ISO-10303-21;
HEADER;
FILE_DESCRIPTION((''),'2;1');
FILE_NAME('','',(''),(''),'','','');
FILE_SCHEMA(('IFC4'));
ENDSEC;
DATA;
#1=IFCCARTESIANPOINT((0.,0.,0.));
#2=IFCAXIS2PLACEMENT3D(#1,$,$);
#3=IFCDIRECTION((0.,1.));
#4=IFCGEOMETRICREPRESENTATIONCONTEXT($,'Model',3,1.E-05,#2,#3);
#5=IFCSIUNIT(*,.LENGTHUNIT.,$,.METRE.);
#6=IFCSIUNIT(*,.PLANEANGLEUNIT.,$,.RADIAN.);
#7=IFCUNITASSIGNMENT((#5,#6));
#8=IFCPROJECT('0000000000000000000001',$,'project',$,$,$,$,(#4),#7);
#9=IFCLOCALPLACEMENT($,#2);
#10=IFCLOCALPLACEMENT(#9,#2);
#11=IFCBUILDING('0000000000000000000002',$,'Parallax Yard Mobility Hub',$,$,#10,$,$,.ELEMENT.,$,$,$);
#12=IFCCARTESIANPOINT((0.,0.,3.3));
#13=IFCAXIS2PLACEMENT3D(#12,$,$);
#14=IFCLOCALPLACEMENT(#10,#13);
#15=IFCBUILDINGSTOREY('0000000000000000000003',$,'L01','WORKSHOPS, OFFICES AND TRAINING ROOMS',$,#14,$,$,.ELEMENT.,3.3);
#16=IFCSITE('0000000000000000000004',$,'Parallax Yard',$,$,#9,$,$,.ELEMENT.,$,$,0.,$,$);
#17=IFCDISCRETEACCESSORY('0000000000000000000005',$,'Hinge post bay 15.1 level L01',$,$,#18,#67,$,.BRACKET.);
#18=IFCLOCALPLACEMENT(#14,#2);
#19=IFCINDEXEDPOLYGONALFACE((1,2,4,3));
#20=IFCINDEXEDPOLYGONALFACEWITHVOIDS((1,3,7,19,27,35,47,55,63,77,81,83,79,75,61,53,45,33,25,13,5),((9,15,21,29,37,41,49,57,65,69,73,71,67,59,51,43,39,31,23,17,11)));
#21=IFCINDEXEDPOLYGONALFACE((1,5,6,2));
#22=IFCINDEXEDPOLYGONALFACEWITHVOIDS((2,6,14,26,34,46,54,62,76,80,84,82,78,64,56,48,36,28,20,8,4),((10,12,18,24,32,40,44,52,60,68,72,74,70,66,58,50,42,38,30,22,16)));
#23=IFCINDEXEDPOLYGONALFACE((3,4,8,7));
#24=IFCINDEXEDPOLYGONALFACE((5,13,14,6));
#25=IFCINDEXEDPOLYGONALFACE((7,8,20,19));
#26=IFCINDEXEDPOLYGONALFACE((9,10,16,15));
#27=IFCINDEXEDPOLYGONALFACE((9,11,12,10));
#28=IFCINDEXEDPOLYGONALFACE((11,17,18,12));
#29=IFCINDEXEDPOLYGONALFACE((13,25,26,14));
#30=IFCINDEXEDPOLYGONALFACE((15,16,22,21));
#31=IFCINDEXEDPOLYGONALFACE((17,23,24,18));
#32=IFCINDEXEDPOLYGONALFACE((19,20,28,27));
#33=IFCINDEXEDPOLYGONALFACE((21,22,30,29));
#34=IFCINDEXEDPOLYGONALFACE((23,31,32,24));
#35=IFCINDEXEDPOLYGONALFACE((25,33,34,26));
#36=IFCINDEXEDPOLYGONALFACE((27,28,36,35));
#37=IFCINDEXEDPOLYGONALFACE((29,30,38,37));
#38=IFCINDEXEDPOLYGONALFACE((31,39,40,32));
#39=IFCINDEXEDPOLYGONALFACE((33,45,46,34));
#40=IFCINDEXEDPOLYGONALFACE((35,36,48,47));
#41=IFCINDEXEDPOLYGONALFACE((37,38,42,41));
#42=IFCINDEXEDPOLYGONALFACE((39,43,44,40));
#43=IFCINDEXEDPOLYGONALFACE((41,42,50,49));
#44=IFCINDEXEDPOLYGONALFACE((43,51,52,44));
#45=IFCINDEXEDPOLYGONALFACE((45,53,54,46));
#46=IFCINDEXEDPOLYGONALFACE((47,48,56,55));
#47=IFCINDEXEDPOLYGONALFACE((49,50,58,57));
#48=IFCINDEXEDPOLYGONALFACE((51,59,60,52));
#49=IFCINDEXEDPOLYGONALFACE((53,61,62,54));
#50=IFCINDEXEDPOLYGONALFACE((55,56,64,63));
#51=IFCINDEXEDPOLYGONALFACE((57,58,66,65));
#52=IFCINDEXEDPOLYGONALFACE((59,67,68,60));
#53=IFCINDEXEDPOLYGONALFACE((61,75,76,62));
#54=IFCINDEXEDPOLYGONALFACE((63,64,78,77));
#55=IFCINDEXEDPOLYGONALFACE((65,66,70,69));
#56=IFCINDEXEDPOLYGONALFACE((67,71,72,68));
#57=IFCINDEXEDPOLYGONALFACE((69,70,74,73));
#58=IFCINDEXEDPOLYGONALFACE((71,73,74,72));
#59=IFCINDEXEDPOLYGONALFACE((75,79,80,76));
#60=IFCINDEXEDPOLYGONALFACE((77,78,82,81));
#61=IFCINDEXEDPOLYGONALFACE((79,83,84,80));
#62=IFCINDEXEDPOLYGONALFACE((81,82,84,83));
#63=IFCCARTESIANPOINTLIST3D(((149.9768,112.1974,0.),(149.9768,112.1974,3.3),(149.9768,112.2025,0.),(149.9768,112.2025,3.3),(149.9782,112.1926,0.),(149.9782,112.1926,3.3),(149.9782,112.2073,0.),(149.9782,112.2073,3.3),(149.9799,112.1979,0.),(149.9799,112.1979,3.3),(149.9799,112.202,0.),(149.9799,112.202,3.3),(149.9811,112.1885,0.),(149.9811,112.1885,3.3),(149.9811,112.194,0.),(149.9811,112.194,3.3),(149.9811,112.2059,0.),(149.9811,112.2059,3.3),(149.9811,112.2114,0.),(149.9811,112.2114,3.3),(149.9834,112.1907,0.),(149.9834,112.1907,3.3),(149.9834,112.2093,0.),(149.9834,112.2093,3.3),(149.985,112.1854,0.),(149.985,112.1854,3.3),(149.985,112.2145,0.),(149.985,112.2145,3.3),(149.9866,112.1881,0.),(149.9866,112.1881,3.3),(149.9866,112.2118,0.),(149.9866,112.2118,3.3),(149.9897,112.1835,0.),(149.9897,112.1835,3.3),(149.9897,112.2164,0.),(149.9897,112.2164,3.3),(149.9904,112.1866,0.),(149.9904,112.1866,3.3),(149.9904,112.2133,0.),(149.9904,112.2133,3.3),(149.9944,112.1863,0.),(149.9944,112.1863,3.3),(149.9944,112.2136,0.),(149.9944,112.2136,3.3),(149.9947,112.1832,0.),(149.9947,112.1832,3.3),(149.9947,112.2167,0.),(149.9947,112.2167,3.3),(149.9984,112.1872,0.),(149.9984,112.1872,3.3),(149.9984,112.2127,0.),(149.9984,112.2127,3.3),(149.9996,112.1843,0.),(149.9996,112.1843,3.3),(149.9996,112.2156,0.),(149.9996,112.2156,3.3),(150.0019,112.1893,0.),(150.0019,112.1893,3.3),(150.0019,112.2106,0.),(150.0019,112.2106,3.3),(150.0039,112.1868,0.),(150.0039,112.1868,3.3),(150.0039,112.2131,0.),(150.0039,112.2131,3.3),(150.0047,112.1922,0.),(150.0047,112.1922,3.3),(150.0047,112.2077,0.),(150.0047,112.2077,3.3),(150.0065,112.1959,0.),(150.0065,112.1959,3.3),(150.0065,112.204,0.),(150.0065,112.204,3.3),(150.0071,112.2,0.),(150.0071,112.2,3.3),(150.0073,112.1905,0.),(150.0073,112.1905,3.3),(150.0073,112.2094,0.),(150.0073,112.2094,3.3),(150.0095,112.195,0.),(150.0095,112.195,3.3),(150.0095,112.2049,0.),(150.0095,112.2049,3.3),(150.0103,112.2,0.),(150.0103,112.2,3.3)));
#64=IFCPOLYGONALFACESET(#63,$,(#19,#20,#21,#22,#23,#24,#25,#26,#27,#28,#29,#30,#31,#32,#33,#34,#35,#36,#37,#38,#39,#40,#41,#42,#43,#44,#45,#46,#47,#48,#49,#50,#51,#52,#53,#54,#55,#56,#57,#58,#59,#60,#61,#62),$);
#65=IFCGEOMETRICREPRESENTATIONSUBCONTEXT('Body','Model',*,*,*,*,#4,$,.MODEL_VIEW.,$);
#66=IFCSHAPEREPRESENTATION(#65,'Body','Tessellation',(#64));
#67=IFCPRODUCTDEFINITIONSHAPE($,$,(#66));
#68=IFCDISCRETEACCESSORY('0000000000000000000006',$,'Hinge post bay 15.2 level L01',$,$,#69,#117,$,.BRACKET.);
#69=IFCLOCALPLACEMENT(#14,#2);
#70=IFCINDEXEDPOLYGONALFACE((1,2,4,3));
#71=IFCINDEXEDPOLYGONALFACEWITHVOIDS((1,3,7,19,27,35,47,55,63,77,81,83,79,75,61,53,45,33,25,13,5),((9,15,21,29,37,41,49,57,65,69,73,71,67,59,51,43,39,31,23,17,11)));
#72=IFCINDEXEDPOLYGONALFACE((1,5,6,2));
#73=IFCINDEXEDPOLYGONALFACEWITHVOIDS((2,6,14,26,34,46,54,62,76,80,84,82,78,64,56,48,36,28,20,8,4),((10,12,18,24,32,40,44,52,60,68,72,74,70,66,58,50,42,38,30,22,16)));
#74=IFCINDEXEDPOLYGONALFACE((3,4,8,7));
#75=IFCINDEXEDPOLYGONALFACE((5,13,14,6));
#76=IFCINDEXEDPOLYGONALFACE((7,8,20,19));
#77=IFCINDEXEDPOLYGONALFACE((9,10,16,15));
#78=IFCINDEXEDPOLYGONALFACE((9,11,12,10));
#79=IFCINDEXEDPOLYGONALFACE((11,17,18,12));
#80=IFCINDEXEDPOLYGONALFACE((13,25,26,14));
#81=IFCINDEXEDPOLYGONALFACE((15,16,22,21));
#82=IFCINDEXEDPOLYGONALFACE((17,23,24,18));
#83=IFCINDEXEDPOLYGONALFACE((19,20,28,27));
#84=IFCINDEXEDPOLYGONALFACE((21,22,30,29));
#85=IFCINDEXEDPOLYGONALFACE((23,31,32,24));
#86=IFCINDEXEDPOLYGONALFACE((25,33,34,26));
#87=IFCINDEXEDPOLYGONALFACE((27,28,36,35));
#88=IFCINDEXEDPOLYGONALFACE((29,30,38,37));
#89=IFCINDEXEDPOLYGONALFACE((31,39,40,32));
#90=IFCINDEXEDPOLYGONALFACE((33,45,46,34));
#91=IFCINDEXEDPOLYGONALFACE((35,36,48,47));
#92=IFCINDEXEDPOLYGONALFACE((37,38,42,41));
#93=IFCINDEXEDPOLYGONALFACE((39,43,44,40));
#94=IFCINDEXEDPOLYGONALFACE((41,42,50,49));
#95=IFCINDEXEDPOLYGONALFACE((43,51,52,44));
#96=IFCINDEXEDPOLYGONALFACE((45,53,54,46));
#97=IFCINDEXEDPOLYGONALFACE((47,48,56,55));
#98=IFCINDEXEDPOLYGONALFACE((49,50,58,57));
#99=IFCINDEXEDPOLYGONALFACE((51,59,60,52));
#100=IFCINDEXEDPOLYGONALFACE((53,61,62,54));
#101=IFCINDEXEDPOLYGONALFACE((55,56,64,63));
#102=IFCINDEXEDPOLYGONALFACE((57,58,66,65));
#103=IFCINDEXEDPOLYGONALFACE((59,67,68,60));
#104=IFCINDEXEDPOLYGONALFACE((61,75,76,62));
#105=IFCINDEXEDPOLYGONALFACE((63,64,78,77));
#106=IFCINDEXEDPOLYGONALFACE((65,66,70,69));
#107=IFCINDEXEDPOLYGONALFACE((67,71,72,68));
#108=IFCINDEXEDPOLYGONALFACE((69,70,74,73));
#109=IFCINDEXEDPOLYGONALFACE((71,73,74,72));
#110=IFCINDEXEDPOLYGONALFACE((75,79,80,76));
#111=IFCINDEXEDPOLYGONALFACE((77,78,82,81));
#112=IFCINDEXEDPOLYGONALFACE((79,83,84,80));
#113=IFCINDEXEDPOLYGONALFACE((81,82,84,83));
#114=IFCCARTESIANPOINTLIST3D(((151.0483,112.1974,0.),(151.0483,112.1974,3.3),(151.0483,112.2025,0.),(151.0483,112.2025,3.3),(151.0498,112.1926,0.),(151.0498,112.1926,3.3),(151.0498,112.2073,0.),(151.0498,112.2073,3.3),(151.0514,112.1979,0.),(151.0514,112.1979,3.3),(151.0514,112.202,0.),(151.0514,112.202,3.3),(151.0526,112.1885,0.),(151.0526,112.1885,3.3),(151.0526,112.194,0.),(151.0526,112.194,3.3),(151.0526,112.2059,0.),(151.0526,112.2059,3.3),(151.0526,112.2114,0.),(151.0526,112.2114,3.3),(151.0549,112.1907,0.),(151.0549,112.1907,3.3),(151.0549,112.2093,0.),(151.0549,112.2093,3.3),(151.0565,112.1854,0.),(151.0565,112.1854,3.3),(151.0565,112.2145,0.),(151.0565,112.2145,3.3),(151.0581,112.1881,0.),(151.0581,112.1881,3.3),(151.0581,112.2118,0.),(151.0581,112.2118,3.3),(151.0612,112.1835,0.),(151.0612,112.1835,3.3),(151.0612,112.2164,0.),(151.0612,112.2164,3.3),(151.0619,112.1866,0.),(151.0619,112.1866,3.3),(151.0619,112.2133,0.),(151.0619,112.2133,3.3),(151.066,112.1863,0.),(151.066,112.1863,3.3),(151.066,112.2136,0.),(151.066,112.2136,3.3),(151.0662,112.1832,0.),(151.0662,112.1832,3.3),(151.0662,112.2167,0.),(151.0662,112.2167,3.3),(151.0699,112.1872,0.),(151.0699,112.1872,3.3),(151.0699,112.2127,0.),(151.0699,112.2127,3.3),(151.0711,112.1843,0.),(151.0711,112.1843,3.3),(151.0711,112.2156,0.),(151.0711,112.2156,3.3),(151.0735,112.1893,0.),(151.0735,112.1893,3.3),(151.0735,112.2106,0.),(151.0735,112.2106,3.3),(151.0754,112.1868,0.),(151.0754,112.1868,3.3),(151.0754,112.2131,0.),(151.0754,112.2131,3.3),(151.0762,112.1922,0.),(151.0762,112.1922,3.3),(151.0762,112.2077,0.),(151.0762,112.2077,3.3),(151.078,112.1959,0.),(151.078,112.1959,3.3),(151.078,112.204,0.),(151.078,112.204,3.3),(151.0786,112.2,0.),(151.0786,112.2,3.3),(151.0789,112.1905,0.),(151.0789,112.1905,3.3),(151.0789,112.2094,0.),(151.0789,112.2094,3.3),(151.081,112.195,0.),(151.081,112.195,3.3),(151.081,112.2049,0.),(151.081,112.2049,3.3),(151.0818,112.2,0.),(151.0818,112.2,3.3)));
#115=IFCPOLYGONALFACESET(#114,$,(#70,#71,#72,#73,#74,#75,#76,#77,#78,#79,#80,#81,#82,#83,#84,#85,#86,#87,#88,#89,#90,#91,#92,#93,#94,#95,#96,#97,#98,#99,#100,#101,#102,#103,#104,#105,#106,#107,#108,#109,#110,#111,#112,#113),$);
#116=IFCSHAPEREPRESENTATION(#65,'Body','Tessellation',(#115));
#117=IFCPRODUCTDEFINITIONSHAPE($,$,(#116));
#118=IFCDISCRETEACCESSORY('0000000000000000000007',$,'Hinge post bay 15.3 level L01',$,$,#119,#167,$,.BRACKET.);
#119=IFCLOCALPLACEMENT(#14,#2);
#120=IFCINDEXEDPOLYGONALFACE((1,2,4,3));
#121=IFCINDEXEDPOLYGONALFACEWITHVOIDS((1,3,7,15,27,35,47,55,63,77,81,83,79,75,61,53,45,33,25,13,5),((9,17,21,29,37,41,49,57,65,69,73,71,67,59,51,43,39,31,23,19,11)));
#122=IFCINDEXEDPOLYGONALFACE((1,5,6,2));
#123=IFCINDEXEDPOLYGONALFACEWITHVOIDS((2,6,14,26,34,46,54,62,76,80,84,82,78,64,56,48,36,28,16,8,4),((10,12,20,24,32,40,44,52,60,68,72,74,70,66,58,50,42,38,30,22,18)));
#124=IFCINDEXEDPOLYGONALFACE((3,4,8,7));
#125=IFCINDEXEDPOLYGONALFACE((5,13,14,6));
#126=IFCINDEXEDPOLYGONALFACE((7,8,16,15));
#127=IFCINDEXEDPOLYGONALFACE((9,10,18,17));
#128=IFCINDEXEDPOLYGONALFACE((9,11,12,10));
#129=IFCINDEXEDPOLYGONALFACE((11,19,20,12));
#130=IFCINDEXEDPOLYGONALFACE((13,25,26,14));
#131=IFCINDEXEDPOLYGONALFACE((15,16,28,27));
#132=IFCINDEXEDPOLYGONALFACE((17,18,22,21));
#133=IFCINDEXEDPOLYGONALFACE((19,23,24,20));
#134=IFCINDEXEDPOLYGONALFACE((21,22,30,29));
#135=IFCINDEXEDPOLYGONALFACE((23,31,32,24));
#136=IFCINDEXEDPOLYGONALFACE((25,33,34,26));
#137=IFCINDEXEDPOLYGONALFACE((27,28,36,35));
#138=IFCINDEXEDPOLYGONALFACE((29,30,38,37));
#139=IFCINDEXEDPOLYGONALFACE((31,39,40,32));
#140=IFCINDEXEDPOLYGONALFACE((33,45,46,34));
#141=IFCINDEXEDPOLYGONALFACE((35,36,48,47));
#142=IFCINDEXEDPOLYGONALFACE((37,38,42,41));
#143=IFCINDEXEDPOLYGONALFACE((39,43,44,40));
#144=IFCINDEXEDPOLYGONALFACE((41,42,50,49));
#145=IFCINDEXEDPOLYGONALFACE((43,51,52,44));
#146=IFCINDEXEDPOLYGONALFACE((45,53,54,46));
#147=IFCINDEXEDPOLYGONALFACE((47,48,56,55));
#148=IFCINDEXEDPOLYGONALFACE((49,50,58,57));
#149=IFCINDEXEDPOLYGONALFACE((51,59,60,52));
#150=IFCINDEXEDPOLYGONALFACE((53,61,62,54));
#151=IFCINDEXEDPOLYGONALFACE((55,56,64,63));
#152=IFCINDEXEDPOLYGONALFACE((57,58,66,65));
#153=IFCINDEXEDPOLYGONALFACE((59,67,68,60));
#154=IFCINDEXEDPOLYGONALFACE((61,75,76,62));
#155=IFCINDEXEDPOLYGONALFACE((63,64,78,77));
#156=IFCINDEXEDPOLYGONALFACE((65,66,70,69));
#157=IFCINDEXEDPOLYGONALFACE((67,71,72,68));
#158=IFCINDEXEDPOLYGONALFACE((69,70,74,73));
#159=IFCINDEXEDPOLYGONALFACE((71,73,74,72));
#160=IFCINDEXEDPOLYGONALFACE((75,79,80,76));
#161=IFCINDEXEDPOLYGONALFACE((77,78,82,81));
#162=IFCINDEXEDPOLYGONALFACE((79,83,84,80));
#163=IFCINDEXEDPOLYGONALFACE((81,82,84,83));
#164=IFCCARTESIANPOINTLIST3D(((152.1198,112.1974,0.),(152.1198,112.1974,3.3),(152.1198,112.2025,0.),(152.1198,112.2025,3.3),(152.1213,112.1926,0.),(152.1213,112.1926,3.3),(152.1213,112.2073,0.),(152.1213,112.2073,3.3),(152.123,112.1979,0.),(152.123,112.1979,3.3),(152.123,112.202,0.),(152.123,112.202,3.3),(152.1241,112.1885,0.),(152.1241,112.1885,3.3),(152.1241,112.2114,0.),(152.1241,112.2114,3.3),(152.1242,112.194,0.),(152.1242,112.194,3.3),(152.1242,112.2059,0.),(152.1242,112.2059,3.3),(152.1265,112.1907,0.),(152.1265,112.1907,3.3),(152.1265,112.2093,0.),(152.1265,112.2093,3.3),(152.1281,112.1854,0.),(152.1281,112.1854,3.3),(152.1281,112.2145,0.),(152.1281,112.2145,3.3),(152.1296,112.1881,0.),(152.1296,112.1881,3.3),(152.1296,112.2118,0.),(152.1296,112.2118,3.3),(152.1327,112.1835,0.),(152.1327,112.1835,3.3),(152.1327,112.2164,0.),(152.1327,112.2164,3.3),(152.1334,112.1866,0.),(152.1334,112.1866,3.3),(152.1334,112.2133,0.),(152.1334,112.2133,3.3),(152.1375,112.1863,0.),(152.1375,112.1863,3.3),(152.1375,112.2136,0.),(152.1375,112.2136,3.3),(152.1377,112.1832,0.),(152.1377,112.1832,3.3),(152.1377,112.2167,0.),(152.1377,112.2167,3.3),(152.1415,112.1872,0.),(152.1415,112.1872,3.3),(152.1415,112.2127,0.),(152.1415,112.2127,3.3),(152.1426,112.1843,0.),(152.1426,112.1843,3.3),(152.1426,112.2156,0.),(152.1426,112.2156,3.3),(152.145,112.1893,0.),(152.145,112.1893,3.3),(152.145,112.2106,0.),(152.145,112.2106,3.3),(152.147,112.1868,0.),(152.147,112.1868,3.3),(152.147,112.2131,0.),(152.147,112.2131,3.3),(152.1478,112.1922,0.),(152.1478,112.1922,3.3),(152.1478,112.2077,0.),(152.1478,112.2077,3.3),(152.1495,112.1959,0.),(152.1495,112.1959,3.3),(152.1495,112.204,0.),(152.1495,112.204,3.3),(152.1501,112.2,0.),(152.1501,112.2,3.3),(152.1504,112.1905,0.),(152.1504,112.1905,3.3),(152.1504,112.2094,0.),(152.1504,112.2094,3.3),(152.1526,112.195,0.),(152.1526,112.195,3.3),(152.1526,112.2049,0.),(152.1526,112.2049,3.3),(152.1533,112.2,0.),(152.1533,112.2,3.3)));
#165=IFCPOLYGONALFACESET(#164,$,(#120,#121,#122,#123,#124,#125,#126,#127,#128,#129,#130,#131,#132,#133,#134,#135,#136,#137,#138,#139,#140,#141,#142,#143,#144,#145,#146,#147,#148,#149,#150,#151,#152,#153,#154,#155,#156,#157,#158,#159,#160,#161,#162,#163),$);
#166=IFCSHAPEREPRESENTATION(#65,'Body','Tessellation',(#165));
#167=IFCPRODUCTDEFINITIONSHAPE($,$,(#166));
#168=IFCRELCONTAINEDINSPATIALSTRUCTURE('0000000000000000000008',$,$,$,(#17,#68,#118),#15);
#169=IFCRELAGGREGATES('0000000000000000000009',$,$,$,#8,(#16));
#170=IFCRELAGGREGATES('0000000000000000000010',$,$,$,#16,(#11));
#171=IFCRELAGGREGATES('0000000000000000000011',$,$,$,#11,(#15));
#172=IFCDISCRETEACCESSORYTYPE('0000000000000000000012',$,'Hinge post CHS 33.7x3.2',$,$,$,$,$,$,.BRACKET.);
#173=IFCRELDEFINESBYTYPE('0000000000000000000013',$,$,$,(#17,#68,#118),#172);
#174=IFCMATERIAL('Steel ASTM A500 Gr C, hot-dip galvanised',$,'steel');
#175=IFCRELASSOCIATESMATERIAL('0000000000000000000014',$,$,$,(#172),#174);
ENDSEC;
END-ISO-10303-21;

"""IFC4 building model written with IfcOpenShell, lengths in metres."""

from ifc_helpers import new_model, si_unit, direction, frame, origin, origin_2d, place, context, subcontext, project, spatial, hollow_circle, extrude, material, material_profile, profile_set, type_object, element, save


model = new_model("IFC4")

# Units and contexts
model_context = context("Model", 3, precision=1e-05, world=origin(), true_north=direction((0.0, 1.0)))
body_context = subcontext(model_context, "Body", "Model", "MODEL_VIEW")
ifc_project = project(units=[si_unit("LENGTHUNIT", "METRE"), si_unit("PLANEANGLEUNIT", "RADIAN")], contexts=[model_context])

# Site, building, storey
site_placement = place(None, origin())
site = spatial("IfcSite", under=ifc_project, at=site_placement, Name="Parallax Yard", CompositionType="ELEMENT", RefElevation=0.0)
building_placement = place(site_placement, origin())
building = spatial("IfcBuilding", under=site, at=building_placement, Name="Parallax Yard Mobility Hub", CompositionType="ELEMENT")
storey_placement = place(building_placement, frame((0.0, 0.0, 3.3)))
storey = spatial("IfcBuildingStorey", under=building, at=storey_placement, Name="L01", Description="WORKSHOPS, OFFICES AND TRAINING ROOMS", CompositionType="ELEMENT", Elevation=3.3)

# Discrete accessories
ifc_material_1 = material(Name="Steel ASTM A500 Gr C, hot-dip galvanised", Category="steel")
ifc_material_profile_1 = material_profile(ifc_material_1, hollow_circle(Radius=0.0168, WallThickness=0.0032, at=origin_2d()), Name="CHS 33.7x3.2")
ifc_profile_set_1 = profile_set([ifc_material_profile_1], Name="Steel ASTM A500 Gr C, hot-dip galvanised")
discrete_accessory_type_1 = type_object("IfcDiscreteAccessoryType", Name="Hinge post CHS 33.7x3.2", PredefinedType="BRACKET", material=ifc_profile_set_1)
for number, where, z_axis, x_axis, name in (
    (1, (149.9934, 112.2, 0.0), (0.0, 0.0, 1.0), (1.0, 0.0, 0.0), "Hinge post bay 15.1 level L01"),
    (2, (151.0649, 112.2, 0.0), (0.0, 0.0, 1.0), (1.0, 0.0, 0.0), "Hinge post bay 15.2 level L01"),
    (3, (152.1365, 112.2, 0.0), (0.0, 0.0, 1.0), (1.0, 0.0, 0.0), "Hinge post bay 15.3 level L01"),
):
    element("IfcDiscreteAccessory", number, at=place(storey_placement, frame(where, z_axis=z_axis, x_axis=x_axis)), inside=storey, type_object=discrete_accessory_type_1, Name=name, PredefinedType="BRACKET", context=body_context, shape_type="SweptSolid", body=[
        extrude(hollow_circle(Radius=0.0168, WallThickness=0.0032, at=origin_2d()), origin(), (0.0, 0.0, 1.0), 3.3),
    ])

save(model, "model.ifc")
